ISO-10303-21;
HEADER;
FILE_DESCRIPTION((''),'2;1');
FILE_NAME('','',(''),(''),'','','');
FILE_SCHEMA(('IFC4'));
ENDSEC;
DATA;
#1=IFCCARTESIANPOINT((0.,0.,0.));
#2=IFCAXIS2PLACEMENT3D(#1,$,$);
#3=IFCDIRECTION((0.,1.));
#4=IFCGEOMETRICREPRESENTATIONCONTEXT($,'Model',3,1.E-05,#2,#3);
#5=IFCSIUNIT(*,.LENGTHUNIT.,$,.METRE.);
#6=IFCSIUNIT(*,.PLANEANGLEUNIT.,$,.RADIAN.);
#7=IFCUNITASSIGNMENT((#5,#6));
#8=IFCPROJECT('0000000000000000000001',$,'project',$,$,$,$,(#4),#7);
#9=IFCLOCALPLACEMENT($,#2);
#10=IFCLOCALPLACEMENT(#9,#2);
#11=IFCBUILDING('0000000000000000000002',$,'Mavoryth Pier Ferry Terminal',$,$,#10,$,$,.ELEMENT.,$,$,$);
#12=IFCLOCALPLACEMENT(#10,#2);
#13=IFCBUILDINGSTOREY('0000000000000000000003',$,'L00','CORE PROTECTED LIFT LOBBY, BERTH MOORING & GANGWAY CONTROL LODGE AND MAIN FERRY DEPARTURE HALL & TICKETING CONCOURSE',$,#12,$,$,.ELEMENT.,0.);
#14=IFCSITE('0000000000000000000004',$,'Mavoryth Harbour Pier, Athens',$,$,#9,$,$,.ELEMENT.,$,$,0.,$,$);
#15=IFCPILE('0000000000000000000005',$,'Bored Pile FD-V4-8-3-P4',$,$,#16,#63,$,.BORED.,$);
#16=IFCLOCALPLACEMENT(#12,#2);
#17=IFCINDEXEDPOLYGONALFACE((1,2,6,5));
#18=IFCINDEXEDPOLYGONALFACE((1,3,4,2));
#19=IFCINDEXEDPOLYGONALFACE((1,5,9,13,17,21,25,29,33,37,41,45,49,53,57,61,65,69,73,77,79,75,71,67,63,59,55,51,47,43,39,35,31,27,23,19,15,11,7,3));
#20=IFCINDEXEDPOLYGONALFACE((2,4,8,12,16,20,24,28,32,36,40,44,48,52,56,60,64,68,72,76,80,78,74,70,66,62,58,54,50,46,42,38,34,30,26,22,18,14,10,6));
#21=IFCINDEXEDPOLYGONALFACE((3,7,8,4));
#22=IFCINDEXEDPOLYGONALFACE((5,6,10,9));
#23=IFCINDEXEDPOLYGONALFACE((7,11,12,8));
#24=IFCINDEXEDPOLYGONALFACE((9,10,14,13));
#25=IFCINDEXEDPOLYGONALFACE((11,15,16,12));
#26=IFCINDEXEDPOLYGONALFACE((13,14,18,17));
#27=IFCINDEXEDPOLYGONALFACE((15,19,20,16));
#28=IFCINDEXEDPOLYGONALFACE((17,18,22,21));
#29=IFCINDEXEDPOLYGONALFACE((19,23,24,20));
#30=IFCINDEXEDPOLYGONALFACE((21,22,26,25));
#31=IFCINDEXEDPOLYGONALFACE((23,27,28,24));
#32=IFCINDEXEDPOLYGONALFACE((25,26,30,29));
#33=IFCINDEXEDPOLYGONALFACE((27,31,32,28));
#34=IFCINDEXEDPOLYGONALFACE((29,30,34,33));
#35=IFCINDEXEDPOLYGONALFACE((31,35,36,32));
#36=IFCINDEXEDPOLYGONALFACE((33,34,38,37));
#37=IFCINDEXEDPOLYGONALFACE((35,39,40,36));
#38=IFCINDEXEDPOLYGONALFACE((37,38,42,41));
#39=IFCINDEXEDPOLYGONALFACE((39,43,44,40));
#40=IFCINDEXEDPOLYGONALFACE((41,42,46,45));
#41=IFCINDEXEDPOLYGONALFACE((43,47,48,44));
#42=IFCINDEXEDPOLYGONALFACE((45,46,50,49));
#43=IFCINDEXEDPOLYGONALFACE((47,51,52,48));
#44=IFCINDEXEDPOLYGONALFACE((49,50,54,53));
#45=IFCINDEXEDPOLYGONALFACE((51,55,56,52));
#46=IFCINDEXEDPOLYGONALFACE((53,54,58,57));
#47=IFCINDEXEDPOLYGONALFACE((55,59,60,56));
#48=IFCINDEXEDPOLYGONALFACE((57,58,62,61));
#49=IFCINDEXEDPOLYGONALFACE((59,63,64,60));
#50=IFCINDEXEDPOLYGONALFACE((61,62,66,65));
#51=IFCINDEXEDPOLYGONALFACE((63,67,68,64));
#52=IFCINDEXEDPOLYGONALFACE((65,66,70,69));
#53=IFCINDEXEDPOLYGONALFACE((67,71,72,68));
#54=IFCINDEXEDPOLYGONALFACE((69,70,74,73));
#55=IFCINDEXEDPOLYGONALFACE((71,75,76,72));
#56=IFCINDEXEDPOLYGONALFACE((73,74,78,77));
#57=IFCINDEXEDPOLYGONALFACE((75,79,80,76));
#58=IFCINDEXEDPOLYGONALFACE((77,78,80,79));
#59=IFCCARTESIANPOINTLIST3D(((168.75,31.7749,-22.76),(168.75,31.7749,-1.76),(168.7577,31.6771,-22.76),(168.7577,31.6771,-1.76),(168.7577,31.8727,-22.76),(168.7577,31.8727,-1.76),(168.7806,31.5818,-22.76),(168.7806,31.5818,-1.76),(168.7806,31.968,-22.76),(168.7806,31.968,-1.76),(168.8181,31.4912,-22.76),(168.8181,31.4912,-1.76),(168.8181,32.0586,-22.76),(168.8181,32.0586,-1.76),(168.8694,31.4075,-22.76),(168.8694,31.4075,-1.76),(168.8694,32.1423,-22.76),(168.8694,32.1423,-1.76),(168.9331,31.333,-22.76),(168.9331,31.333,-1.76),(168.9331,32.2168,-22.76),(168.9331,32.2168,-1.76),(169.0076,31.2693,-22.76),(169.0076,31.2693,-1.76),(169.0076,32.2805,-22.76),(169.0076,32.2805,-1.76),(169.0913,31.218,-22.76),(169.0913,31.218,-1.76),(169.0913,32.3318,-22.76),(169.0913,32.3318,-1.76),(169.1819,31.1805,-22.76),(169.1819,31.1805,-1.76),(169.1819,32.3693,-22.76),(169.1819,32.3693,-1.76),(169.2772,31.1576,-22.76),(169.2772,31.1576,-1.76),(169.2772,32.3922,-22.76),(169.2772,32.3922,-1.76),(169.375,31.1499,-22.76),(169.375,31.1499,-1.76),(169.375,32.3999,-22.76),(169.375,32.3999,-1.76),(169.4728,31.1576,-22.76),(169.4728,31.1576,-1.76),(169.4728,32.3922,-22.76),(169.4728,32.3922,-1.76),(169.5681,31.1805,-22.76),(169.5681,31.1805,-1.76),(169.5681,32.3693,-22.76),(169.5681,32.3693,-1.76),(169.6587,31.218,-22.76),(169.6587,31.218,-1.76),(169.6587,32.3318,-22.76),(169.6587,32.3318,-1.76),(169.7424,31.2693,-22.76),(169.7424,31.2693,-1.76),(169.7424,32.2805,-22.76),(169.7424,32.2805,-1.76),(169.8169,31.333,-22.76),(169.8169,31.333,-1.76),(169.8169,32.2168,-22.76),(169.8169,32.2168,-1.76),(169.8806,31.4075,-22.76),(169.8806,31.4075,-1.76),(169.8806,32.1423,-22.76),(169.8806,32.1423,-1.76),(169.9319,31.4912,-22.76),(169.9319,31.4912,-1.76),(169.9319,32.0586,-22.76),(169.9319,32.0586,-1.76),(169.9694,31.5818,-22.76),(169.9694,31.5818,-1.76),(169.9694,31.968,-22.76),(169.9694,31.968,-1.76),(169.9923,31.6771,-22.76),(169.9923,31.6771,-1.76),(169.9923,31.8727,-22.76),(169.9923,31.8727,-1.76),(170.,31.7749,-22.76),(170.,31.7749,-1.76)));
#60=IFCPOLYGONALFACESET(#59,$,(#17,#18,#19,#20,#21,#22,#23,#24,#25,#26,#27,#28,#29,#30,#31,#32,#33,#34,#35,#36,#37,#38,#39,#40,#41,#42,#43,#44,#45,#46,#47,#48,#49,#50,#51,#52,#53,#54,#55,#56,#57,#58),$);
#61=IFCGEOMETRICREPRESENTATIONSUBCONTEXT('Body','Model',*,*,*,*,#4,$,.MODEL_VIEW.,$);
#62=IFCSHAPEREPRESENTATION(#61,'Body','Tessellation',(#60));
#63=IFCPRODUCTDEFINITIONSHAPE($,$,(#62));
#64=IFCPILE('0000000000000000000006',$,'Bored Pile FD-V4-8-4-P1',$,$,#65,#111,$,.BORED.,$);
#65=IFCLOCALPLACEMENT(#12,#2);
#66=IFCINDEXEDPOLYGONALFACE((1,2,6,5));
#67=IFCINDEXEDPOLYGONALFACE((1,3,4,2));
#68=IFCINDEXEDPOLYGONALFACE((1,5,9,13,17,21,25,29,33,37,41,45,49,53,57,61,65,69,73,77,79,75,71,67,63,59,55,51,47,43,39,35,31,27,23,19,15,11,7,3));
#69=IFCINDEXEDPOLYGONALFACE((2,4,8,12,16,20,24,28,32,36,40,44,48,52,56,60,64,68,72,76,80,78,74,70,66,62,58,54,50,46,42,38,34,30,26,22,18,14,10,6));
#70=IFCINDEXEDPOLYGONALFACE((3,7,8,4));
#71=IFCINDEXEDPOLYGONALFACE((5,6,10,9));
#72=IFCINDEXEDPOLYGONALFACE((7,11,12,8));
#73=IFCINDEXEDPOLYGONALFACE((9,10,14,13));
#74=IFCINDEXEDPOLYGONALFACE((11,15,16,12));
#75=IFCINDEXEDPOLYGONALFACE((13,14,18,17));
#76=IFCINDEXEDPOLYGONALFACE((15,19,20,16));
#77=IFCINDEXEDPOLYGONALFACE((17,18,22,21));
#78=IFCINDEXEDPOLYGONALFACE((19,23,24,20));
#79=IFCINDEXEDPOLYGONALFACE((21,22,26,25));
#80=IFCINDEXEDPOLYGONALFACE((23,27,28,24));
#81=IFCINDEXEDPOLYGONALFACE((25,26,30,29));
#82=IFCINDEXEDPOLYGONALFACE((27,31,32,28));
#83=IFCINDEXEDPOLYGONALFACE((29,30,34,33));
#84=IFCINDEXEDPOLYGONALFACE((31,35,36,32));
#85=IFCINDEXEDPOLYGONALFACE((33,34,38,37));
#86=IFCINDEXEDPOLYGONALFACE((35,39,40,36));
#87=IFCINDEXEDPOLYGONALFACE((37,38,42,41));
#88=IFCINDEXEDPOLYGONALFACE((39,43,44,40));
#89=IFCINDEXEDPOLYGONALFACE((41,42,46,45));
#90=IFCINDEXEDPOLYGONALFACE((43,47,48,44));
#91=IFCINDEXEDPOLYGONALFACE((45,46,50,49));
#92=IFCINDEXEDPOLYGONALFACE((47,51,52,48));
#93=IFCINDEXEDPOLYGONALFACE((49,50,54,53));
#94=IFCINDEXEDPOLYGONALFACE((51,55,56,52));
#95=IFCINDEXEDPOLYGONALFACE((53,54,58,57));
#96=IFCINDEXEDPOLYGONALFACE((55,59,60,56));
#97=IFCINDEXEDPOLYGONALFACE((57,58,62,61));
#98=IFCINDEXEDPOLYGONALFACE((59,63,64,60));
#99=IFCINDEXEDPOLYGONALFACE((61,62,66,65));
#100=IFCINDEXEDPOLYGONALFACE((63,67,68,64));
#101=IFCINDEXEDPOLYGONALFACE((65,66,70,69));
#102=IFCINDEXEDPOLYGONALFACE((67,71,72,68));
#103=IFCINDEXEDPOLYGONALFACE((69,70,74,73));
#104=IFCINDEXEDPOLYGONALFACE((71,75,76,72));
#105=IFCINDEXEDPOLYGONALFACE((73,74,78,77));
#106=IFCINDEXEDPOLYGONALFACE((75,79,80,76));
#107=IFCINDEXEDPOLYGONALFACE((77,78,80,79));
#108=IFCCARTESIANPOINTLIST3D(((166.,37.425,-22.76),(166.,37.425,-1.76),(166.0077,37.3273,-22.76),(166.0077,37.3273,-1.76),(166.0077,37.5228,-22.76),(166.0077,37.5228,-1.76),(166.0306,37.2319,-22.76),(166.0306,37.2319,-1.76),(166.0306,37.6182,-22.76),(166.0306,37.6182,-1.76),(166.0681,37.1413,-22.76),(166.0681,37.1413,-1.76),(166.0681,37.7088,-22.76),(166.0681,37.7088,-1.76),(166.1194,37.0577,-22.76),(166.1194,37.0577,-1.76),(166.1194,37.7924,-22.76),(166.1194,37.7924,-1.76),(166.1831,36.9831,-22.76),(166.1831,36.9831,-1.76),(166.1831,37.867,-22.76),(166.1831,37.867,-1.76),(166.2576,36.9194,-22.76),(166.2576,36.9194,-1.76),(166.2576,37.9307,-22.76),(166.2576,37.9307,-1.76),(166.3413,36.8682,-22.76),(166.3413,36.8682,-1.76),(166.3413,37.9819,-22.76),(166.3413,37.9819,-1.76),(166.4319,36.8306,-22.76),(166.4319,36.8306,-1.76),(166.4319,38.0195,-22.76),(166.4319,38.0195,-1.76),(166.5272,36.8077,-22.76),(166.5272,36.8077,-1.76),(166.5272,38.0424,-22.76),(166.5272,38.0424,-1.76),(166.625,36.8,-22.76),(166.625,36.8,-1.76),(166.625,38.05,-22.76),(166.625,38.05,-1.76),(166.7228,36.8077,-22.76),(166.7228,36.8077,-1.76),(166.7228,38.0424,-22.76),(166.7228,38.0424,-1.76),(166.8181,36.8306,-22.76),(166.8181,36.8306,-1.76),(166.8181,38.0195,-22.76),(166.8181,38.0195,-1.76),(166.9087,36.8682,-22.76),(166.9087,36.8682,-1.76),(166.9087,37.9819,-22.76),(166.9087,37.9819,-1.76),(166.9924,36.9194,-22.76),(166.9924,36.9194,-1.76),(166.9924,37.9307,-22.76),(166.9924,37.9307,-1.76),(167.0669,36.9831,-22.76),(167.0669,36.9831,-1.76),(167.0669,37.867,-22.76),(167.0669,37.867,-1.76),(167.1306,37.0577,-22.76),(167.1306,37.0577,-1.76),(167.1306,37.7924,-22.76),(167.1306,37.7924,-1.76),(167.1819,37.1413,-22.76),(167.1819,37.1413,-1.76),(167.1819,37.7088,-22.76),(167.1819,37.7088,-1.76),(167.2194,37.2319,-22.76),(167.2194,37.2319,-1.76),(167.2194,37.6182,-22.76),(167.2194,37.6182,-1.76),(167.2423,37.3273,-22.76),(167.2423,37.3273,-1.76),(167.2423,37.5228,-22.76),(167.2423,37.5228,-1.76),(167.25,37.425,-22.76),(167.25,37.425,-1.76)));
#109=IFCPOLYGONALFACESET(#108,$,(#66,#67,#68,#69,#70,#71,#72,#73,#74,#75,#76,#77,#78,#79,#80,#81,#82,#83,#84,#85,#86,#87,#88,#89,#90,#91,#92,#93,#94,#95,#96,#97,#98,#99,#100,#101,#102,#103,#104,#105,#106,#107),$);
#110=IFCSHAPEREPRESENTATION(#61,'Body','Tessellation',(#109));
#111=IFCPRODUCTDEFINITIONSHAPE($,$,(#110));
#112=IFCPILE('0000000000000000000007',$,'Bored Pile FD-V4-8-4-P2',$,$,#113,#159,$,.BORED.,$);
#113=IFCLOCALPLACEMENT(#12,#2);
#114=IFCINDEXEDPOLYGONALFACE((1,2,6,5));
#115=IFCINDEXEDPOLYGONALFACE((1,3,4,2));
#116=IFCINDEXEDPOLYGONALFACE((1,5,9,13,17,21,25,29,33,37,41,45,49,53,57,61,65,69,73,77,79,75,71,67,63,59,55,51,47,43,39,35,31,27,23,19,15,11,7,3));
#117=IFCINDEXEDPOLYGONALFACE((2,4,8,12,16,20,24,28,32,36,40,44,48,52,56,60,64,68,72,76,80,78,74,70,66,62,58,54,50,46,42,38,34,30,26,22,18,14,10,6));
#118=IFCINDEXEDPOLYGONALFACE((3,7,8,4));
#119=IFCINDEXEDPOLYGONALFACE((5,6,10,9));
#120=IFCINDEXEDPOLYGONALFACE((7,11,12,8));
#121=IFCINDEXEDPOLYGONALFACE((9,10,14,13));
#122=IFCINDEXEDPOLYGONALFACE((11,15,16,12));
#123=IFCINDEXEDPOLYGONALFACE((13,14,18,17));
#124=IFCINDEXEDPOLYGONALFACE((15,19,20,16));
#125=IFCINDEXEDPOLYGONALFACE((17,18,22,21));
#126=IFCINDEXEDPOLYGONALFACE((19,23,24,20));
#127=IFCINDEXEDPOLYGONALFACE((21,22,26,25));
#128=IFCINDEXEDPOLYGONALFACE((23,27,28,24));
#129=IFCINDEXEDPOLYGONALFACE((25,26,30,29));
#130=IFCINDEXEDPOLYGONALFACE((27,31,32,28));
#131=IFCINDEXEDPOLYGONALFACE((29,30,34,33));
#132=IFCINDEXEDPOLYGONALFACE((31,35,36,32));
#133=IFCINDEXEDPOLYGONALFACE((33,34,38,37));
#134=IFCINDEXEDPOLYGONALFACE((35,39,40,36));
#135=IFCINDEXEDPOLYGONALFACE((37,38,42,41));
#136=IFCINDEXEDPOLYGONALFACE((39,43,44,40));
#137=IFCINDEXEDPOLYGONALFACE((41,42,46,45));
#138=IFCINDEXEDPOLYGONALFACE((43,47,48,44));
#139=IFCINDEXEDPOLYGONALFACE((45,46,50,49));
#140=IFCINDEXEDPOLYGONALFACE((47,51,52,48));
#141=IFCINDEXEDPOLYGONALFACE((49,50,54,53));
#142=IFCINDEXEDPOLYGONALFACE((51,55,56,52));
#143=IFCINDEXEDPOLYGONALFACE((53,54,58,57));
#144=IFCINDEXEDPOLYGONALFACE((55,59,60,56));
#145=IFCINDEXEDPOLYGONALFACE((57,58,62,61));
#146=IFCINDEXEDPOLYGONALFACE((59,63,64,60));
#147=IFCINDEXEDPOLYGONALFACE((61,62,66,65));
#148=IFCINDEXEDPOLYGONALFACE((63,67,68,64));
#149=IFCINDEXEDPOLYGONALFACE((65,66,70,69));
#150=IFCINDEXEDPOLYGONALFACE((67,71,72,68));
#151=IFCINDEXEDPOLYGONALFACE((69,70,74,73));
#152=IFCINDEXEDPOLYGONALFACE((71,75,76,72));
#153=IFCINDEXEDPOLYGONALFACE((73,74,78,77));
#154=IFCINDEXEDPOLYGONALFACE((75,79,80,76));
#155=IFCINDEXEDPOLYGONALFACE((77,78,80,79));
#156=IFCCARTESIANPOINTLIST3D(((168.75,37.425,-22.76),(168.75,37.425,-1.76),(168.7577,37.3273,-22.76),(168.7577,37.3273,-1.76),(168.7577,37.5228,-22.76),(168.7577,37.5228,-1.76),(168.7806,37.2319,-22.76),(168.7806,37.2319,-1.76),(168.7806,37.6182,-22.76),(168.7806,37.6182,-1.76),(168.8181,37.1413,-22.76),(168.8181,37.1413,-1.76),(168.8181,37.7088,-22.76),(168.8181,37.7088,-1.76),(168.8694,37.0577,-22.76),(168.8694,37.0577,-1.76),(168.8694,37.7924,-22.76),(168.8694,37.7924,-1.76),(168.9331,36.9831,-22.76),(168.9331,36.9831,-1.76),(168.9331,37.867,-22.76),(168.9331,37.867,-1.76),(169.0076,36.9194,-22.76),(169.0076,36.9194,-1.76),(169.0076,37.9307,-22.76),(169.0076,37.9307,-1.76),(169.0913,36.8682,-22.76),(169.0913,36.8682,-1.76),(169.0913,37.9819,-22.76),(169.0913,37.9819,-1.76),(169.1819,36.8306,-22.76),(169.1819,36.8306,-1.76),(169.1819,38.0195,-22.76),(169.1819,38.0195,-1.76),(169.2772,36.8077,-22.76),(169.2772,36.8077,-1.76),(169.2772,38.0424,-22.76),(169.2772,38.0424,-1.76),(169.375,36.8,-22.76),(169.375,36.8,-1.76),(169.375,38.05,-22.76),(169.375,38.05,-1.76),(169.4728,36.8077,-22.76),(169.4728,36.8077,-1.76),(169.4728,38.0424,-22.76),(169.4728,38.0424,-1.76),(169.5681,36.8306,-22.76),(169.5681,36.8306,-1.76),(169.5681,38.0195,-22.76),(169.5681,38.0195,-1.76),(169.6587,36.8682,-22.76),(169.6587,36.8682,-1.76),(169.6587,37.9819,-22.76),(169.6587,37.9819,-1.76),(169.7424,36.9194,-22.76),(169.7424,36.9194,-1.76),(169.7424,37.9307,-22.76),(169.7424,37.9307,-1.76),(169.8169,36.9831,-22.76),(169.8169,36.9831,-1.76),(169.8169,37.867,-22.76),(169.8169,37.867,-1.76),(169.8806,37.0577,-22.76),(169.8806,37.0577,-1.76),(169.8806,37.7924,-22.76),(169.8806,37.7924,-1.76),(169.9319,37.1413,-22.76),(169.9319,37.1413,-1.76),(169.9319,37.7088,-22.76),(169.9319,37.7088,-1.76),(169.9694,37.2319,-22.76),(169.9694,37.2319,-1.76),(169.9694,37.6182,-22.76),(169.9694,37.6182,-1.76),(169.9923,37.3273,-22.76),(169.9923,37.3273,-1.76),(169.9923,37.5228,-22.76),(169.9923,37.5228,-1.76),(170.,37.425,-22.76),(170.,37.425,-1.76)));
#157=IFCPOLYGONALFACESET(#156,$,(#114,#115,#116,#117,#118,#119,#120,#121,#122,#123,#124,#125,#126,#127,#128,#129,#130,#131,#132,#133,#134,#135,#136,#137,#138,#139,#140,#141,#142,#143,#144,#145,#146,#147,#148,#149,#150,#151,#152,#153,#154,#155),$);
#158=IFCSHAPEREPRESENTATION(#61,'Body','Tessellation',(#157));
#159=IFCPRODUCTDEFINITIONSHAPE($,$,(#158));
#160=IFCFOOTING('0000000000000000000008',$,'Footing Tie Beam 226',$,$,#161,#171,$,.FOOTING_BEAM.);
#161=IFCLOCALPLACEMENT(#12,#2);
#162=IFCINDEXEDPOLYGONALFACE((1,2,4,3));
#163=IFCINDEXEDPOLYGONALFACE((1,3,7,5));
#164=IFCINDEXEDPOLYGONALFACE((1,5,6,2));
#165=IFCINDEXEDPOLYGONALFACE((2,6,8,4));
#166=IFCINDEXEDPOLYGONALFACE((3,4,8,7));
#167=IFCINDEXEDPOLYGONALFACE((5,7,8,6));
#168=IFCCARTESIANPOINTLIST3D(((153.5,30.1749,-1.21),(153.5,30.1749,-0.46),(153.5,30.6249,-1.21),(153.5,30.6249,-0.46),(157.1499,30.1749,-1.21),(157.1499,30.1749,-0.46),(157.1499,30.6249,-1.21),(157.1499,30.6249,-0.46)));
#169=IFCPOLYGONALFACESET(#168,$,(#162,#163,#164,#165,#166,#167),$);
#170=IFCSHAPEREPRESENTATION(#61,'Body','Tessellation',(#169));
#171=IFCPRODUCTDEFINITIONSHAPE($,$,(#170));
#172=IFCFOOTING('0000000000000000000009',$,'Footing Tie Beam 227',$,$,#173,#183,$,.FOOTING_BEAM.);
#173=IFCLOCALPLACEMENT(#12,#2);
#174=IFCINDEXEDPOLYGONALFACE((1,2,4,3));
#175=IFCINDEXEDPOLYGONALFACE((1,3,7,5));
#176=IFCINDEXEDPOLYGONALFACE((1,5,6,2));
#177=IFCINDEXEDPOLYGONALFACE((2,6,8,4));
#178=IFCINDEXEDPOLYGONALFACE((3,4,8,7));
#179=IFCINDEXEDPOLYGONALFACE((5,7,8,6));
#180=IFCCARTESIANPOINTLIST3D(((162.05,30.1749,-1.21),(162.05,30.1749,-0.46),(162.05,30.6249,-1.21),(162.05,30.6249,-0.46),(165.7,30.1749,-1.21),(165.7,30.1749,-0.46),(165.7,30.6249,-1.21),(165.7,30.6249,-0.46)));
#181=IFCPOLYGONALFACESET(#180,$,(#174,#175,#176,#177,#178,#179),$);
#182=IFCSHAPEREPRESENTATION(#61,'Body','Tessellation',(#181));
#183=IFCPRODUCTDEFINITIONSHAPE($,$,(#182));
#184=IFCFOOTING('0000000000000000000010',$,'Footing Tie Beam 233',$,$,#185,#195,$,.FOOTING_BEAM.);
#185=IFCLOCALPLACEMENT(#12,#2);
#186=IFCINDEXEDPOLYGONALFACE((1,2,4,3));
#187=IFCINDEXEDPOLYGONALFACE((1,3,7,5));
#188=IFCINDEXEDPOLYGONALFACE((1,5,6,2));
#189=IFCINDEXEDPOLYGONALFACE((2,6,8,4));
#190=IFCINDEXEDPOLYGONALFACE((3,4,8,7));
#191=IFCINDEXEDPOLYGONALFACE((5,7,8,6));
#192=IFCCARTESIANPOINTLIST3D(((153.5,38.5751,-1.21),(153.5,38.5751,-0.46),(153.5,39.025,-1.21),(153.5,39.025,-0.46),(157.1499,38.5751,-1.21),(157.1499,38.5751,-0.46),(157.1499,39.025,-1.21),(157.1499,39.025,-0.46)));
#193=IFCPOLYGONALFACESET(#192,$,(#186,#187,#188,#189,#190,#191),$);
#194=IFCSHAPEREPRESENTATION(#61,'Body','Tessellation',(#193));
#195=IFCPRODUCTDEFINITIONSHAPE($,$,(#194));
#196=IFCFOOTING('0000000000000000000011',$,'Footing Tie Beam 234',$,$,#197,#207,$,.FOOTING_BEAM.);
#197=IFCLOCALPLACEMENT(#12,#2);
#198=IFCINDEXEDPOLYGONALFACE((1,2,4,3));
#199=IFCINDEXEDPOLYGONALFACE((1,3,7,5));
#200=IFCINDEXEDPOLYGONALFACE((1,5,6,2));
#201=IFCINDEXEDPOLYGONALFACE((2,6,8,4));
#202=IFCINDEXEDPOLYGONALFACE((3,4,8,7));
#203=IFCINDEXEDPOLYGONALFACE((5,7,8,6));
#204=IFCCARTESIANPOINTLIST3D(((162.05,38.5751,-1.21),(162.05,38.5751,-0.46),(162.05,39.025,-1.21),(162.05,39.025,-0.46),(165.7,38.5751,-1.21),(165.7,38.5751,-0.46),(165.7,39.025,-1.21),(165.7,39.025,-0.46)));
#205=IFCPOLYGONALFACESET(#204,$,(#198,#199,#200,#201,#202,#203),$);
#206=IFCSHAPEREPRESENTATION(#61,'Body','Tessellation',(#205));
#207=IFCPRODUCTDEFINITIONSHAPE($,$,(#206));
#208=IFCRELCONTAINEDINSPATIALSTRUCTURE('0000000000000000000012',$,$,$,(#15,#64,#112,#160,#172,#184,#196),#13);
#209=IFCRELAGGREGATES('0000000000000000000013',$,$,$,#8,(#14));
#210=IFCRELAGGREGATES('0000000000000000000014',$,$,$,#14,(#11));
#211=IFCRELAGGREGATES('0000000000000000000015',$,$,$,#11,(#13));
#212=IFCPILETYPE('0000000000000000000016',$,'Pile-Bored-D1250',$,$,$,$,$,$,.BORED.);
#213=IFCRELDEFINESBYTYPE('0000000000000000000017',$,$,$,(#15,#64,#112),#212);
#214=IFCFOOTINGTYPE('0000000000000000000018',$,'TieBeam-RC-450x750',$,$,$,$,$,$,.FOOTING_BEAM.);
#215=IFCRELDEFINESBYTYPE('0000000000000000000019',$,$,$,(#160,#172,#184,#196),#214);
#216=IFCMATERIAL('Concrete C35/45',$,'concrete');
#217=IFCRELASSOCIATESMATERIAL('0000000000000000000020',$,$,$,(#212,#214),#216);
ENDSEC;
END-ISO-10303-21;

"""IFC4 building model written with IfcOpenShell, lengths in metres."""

from ifc_helpers import new_model, si_unit, direction, frame, origin, origin_2d, place, context, subcontext, project, spatial, rectangle, circle, extrude, material, material_profile, profile_set, type_object, element, save


model = new_model("IFC4")

# Units and contexts
model_context = context("Model", 3, precision=1e-05, world=origin(), true_north=direction((0.0, 1.0)))
body_context = subcontext(model_context, "Body", "Model", "MODEL_VIEW")
ifc_project = project(units=[si_unit("LENGTHUNIT", "METRE"), si_unit("PLANEANGLEUNIT", "RADIAN")], contexts=[model_context])

# Site, building, storey
site_placement = place(None, origin())
site = spatial("IfcSite", under=ifc_project, at=site_placement, Name="Mavoryth Harbour Pier, Athens", CompositionType="ELEMENT", RefElevation=0.0)
building_placement = place(site_placement, origin())
building = spatial("IfcBuilding", under=site, at=building_placement, Name="Mavoryth Pier Ferry Terminal", CompositionType="ELEMENT")
storey_placement = place(building_placement, origin())
storey = spatial("IfcBuildingStorey", under=building, at=storey_placement, Name="L00", Description="CORE PROTECTED LIFT LOBBY, BERTH MOORING & GANGWAY CONTROL LODGE AND MAIN FERRY DEPARTURE HALL & TICKETING CONCOURSE", CompositionType="ELEMENT", Elevation=0.0)

# Shared definitions
ifc_material_1 = material(Name="Concrete C35/45", Category="concrete")

# Piles
ifc_material_profile_1 = material_profile(ifc_material_1, circle(Radius=0.625, at=origin_2d()), Name="PILE D1250", Category="concrete")
ifc_profile_set_1 = profile_set([ifc_material_profile_1], Name="Concrete C35/45 - PILE D1250")
pile_type = type_object("IfcPileType", Name="Pile-Bored-D1250", PredefinedType="BORED", material=ifc_profile_set_1)
for number, where, z_axis, x_axis, name in (
    (1, (169.375, 31.7749, -1.76), (0.0, 0.0, -1.0), (1.0, 0.0, 0.0), "Bored Pile FD-V4-8-3-P4"),
    (2, (166.625, 37.425, -1.76), (0.0, 0.0, -1.0), (1.0, 0.0, 0.0), "Bored Pile FD-V4-8-4-P1"),
    (3, (169.375, 37.425, -1.76), (0.0, 0.0, -1.0), (1.0, 0.0, 0.0), "Bored Pile FD-V4-8-4-P2"),
):
    element("IfcPile", number, at=place(storey_placement, frame(where, z_axis=z_axis, x_axis=x_axis)), inside=storey, type_object=pile_type, Name=name, PredefinedType="BORED", context=body_context, shape_type="SweptSolid", body=[
        extrude(circle(Radius=0.625, at=origin_2d()), origin(), (0.0, 0.0, 1.0), 21.0),
    ])

# Footings
ifc_material_profile_2 = material_profile(ifc_material_1, rectangle(XDim=0.45, YDim=0.75, at=origin_2d()), Name="RC 450x750", Category="concrete")
ifc_profile_set_2 = profile_set([ifc_material_profile_2], Name="Concrete C35/45 - RC 450x750")
footing_type_1 = type_object("IfcFootingType", Name="TieBeam-RC-450x750", PredefinedType="FOOTING_BEAM", material=ifc_profile_set_2)
for number, where, z_axis, x_axis, name in (
    (4, (153.5, 30.3999, -0.835), (1.0, 0.0, 0.0), (0.0, 1.0, 0.0), "Footing Tie Beam 226"),
    (5, (162.05, 30.3999, -0.835), (1.0, 0.0, 0.0), (0.0, 1.0, 0.0), "Footing Tie Beam 227"),
    (6, (153.5, 38.8, -0.835), (1.0, 0.0, 0.0), (0.0, 1.0, 0.0), "Footing Tie Beam 233"),
    (7, (162.05, 38.8, -0.835), (1.0, 0.0, 0.0), (0.0, 1.0, 0.0), "Footing Tie Beam 234"),
):
    element("IfcFooting", number, at=place(storey_placement, frame(where, z_axis=z_axis, x_axis=x_axis)), inside=storey, type_object=footing_type_1, Name=name, PredefinedType="FOOTING_BEAM", context=body_context, shape_type="SweptSolid", body=[
        extrude(rectangle(XDim=0.45, YDim=0.75, at=origin_2d()), origin(), (0.0, 0.0, 1.0), 3.6499),
    ])

save(model, "model.ifc")
